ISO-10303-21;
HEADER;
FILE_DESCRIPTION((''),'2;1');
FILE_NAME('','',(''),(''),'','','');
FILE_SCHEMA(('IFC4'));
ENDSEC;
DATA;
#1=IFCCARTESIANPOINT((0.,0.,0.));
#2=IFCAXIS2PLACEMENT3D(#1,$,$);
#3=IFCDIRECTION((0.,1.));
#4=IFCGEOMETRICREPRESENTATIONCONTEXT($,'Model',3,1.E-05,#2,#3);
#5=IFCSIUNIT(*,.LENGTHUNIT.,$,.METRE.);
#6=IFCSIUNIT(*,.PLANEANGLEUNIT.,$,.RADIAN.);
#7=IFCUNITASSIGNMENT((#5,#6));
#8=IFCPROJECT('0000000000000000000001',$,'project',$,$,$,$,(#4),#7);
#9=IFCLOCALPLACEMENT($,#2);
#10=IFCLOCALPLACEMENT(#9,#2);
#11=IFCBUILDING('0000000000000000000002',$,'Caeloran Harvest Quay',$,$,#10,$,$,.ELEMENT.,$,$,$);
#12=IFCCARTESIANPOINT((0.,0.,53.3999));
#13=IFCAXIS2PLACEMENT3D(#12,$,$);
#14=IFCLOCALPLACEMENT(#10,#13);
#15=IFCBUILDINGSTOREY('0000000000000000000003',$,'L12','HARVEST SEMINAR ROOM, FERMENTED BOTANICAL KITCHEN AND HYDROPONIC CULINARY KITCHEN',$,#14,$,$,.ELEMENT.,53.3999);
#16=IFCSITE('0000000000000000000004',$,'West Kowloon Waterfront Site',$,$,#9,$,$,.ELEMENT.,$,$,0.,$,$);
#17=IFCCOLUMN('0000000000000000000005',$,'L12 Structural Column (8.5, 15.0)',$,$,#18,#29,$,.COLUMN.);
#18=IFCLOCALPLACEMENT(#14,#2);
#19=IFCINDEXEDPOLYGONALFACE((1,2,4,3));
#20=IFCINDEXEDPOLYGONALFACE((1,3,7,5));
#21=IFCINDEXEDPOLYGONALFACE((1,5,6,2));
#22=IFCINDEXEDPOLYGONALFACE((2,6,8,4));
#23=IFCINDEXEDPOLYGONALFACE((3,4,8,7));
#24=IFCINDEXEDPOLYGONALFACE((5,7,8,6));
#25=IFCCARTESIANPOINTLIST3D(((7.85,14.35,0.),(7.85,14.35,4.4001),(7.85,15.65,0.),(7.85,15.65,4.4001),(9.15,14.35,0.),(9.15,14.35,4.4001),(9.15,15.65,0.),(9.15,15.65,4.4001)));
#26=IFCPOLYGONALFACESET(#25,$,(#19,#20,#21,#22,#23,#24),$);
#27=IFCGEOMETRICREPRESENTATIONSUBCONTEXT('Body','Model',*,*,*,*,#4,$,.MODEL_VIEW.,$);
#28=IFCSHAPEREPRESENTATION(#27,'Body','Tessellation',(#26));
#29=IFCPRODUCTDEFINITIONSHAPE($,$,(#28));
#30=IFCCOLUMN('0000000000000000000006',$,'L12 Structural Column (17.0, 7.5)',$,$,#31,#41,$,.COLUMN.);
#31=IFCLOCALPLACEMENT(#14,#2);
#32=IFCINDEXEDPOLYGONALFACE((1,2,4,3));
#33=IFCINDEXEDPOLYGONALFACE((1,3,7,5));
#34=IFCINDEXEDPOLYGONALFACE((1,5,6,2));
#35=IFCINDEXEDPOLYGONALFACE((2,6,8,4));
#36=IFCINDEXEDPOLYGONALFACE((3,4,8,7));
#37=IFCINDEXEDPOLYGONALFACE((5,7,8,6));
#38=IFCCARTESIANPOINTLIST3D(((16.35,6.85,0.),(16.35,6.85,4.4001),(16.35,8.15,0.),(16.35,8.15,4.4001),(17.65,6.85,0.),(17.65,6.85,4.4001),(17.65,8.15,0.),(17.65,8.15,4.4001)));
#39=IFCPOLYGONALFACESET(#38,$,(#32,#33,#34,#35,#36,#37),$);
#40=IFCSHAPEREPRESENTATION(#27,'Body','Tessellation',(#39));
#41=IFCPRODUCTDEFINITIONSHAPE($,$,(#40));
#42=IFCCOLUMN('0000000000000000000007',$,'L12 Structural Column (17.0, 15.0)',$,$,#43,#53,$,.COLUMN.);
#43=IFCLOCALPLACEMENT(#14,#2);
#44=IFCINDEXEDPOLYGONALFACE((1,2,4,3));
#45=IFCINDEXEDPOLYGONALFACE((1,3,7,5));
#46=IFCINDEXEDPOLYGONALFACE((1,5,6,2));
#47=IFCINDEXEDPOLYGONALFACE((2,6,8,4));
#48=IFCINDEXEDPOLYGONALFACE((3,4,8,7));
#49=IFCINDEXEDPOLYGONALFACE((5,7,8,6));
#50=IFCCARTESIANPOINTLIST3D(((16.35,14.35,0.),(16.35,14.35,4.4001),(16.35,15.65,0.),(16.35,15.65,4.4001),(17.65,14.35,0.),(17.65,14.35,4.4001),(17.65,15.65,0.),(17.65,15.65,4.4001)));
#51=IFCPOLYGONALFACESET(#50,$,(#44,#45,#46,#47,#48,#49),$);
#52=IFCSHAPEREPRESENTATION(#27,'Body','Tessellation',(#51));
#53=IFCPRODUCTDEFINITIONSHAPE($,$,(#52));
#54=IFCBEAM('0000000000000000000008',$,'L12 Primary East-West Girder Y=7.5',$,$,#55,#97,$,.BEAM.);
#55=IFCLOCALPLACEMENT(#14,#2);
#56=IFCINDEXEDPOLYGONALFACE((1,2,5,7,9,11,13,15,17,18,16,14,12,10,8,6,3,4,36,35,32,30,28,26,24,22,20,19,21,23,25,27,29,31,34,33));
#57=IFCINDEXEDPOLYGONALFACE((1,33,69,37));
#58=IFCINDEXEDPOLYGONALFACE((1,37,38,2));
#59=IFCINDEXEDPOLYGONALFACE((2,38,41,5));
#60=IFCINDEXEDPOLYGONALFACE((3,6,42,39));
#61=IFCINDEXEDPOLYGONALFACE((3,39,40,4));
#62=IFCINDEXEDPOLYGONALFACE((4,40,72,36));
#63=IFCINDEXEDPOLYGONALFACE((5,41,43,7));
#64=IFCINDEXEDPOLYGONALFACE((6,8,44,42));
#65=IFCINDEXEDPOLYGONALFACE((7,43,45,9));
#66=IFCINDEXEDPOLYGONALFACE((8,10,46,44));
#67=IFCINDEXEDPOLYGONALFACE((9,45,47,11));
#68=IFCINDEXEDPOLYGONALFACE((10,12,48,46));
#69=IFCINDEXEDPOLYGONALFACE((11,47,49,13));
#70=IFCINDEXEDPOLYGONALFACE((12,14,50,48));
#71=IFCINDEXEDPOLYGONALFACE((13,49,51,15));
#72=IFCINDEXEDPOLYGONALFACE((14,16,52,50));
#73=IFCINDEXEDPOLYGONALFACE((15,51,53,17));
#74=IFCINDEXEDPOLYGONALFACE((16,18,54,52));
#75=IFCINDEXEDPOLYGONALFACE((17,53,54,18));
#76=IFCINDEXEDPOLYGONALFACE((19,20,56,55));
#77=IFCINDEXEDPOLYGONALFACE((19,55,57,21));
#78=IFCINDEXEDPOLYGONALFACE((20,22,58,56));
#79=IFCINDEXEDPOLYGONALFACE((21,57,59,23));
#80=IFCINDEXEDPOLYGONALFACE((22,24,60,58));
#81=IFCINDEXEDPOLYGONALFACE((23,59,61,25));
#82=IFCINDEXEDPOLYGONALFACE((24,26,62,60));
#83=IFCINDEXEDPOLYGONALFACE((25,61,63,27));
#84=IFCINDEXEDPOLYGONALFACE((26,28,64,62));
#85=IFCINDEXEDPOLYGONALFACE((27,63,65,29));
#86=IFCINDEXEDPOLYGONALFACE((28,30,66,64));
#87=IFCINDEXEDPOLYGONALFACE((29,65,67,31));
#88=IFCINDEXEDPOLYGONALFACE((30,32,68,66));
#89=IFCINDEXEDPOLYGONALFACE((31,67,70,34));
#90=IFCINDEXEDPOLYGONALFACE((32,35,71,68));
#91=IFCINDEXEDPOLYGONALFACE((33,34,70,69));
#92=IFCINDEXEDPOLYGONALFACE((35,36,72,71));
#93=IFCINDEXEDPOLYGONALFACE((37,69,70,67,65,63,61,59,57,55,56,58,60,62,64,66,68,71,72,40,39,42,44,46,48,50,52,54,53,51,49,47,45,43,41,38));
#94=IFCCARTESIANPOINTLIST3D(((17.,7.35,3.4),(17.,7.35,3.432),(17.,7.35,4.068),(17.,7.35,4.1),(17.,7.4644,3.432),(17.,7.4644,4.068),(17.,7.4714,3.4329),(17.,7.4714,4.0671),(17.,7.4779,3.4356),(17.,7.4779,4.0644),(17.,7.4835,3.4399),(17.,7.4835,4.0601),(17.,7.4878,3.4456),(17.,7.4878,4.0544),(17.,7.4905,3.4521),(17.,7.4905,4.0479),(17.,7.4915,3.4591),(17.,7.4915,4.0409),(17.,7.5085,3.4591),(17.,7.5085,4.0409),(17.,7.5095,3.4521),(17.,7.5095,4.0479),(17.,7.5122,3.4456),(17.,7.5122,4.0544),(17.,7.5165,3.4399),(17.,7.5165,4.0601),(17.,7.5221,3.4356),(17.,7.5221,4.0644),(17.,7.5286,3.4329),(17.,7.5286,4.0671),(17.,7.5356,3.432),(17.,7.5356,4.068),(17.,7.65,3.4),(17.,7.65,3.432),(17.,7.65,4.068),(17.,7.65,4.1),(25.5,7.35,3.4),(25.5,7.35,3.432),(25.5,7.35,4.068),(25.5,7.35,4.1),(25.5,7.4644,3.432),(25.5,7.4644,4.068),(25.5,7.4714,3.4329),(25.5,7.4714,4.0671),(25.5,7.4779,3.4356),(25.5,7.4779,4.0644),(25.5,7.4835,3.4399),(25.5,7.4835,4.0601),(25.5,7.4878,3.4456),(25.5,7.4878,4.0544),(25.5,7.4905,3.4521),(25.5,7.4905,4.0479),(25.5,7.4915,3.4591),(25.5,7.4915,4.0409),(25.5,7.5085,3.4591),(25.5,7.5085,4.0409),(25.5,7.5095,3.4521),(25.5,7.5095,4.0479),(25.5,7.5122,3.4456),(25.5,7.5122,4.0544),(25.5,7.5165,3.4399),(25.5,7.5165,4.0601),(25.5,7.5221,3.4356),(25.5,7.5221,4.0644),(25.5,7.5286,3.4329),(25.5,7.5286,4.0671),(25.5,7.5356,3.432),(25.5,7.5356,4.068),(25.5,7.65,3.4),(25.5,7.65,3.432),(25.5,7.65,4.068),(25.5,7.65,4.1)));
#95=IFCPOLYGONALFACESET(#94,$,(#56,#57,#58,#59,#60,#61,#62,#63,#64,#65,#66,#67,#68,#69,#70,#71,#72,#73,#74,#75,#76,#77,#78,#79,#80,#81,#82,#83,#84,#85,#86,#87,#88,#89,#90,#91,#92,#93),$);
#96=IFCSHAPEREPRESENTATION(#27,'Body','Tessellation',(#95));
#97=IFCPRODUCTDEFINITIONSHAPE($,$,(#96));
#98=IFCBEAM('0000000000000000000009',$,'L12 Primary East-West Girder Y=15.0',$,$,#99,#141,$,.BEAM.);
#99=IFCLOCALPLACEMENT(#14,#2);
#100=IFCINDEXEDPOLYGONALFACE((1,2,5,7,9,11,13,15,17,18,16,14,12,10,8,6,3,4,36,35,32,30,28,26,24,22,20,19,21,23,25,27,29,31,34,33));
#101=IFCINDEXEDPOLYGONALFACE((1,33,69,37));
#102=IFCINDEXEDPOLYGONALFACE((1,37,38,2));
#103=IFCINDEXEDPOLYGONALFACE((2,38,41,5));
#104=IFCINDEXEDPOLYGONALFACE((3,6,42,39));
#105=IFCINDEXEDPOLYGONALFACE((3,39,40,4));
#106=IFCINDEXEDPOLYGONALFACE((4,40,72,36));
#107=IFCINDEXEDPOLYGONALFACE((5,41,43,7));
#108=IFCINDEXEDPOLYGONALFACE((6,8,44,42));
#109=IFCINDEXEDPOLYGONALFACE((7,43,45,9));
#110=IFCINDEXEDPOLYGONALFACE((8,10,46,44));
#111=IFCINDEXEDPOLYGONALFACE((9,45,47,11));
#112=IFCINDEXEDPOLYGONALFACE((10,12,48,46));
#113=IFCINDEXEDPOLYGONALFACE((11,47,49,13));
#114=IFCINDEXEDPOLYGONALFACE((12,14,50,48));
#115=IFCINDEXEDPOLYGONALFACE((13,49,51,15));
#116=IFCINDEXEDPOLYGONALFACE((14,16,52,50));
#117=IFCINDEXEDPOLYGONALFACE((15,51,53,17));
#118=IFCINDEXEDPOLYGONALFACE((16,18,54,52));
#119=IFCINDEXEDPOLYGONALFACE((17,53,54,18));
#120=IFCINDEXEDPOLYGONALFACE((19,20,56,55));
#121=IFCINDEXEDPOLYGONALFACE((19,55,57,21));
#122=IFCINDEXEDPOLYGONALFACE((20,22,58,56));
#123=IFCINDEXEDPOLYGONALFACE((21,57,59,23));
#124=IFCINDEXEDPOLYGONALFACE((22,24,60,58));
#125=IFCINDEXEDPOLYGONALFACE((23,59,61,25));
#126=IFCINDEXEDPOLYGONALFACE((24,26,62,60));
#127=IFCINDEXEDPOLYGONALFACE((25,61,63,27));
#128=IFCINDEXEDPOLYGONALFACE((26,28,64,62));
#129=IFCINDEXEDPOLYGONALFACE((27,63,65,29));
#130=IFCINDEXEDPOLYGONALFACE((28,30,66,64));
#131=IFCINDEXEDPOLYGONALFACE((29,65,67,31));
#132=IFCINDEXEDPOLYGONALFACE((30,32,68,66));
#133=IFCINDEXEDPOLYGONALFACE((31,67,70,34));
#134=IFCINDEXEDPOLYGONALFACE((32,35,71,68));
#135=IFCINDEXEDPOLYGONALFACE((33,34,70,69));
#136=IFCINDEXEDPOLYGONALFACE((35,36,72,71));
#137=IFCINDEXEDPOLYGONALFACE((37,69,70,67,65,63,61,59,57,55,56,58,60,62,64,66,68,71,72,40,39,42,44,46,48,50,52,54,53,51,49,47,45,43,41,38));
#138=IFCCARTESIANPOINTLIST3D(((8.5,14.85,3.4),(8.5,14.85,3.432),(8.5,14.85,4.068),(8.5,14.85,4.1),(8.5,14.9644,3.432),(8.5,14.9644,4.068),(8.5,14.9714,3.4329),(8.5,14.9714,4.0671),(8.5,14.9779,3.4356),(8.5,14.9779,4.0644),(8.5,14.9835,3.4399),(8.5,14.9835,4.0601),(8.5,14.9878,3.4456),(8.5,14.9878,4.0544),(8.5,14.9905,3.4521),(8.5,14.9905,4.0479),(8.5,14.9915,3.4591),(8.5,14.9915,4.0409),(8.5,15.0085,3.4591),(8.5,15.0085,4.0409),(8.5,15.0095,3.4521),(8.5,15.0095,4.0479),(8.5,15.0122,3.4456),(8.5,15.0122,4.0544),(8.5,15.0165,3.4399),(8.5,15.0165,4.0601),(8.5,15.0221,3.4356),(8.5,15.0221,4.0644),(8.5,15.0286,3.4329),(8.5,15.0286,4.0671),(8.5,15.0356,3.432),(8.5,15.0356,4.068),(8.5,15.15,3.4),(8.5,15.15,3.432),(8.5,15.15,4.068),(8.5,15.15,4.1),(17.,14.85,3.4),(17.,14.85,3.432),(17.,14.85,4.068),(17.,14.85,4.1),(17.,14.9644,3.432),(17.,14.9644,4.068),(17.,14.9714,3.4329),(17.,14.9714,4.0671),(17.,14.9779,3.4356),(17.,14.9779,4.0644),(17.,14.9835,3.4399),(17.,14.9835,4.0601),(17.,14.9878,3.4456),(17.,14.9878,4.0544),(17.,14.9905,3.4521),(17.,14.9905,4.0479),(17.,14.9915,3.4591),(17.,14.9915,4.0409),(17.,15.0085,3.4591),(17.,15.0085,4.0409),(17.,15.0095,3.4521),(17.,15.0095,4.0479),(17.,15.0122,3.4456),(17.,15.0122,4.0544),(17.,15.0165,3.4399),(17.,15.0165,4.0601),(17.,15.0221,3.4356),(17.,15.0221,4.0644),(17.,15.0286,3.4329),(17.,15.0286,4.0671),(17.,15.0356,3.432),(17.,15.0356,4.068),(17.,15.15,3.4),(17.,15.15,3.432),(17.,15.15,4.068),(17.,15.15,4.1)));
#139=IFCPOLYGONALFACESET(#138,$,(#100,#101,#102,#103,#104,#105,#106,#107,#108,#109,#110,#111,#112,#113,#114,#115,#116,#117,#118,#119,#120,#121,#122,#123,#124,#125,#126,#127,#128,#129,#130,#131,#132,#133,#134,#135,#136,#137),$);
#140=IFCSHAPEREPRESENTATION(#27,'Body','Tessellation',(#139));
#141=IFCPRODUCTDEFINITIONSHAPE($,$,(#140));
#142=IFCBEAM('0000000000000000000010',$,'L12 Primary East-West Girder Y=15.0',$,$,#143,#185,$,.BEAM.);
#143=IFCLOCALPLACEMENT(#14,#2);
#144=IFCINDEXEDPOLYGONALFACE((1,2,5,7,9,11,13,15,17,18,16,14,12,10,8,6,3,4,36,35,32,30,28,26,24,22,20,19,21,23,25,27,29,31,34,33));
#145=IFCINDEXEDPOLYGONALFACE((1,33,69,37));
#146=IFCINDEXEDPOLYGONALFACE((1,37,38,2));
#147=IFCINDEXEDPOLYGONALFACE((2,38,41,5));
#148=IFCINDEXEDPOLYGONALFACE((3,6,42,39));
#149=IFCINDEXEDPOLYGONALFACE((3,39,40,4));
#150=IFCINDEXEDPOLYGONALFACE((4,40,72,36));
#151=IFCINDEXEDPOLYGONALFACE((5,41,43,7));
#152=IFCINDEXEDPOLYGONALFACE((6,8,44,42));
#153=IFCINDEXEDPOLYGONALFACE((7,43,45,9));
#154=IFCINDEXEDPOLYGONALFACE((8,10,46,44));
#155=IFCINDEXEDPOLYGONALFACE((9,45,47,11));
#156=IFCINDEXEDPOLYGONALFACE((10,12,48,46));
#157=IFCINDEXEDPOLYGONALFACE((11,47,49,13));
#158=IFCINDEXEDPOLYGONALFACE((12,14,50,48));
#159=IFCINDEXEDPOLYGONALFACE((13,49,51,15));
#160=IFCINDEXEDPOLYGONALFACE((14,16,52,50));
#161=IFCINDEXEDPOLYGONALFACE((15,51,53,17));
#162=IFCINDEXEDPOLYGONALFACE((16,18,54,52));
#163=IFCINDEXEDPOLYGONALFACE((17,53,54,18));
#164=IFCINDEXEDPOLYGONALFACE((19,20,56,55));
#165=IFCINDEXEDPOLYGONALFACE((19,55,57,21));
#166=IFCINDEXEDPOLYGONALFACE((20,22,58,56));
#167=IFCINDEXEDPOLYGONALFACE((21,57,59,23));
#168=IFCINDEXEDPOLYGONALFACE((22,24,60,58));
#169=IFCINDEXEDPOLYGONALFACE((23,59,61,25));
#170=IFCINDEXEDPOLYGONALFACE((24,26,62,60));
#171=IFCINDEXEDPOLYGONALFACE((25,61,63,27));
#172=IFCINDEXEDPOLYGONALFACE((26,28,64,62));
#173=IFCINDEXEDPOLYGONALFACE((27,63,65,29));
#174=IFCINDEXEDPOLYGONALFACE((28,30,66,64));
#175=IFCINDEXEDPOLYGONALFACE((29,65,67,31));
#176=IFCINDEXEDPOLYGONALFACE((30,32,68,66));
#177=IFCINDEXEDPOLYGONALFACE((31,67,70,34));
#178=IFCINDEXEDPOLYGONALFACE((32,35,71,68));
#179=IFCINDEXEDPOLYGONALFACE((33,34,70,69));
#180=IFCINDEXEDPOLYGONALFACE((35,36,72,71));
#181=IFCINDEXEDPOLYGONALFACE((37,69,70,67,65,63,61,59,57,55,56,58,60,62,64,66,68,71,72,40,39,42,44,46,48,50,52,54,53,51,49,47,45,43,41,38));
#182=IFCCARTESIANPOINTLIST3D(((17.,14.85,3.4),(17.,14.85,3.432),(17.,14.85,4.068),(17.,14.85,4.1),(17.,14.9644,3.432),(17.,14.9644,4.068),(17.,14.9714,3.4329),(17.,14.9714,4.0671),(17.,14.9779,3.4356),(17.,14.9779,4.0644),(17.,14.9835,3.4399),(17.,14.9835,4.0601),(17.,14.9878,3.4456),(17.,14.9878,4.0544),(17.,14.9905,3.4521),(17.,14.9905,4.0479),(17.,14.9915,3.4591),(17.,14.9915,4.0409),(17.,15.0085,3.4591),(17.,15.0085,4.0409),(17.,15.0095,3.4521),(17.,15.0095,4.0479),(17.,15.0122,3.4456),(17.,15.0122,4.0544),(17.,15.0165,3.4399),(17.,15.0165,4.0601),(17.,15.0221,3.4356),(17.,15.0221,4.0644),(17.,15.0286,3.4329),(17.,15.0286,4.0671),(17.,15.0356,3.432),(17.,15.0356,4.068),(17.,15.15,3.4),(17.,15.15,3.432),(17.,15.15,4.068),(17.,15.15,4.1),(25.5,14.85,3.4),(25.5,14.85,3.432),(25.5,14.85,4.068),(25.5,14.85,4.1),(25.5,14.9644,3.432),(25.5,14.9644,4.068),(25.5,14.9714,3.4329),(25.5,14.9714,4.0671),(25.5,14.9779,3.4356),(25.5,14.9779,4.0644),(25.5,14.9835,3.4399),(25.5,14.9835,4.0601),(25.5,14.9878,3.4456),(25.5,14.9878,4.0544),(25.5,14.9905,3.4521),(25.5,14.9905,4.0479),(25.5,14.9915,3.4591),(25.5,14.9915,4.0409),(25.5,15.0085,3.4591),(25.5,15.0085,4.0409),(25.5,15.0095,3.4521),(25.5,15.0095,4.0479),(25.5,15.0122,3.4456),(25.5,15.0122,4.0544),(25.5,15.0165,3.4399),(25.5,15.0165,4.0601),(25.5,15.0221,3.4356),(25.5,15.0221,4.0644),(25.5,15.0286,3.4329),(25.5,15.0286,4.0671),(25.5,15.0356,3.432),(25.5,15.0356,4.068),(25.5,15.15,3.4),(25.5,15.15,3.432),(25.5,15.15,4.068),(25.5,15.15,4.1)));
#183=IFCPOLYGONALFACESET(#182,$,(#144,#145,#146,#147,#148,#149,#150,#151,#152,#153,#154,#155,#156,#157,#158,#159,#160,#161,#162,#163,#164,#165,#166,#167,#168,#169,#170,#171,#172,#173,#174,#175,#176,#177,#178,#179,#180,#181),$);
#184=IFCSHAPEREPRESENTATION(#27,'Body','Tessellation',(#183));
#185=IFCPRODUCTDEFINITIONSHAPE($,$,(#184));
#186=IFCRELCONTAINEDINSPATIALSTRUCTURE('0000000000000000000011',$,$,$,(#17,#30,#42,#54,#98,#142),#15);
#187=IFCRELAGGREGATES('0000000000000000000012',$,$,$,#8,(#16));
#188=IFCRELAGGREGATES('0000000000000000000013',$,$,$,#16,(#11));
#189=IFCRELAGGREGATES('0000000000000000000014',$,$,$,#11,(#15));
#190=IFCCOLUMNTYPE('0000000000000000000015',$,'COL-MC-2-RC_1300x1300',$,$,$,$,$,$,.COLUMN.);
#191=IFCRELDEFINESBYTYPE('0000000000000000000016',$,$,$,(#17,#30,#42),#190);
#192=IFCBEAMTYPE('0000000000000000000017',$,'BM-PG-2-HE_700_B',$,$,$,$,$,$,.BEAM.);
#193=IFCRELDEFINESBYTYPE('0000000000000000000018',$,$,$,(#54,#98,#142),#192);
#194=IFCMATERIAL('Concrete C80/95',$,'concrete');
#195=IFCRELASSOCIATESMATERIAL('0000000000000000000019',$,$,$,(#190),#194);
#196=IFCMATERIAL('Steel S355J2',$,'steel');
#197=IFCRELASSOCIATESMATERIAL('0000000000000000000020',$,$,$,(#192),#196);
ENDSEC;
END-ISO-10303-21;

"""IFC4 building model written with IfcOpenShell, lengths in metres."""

from ifc_helpers import new_model, si_unit, direction, frame, origin, origin_2d, place, context, subcontext, project, spatial, rectangle, i_section, extrude, material, material_profile, profile_set, type_object, element, save


model = new_model("IFC4")

# Units and contexts
model_context = context("Model", 3, precision=1e-05, world=origin(), true_north=direction((0.0, 1.0)))
body_context = subcontext(model_context, "Body", "Model", "MODEL_VIEW")
ifc_project = project(units=[si_unit("LENGTHUNIT", "METRE"), si_unit("PLANEANGLEUNIT", "RADIAN")], contexts=[model_context])

# Site, building, storey
site_placement = place(None, origin())
site = spatial("IfcSite", under=ifc_project, at=site_placement, Name="West Kowloon Waterfront Site", CompositionType="ELEMENT", RefElevation=0.0)
building_placement = place(site_placement, origin())
building = spatial("IfcBuilding", under=site, at=building_placement, Name="Caeloran Harvest Quay", CompositionType="ELEMENT")
storey_placement = place(building_placement, frame((0.0, 0.0, 53.3999)))
storey = spatial("IfcBuildingStorey", under=building, at=storey_placement, Name="L12", Description="HARVEST SEMINAR ROOM, FERMENTED BOTANICAL KITCHEN AND HYDROPONIC CULINARY KITCHEN", CompositionType="ELEMENT", Elevation=53.3999)

# Columns
ifc_material_1 = material(Name="Concrete C80/95", Category="concrete")
ifc_material_profile_1 = material_profile(ifc_material_1, rectangle(XDim=1.3, YDim=1.3, at=origin_2d()), Name="RC 1300x1300")
ifc_profile_set_1 = profile_set([ifc_material_profile_1], Name="Concrete C80/95")
column_type = type_object("IfcColumnType", Name="COL-MC-2-RC_1300x1300", PredefinedType="COLUMN", material=ifc_profile_set_1)
for number, where, z_axis, x_axis, name in (
    (1, (8.5, 15.0, 0.0), (0.0, 0.0, 1.0), (1.0, 0.0, 0.0), "L12 Structural Column (8.5, 15.0)"),
    (2, (17.0, 7.5, 0.0), (0.0, 0.0, 1.0), (1.0, 0.0, 0.0), "L12 Structural Column (17.0, 7.5)"),
    (3, (17.0, 15.0, 0.0), (0.0, 0.0, 1.0), (1.0, 0.0, 0.0), "L12 Structural Column (17.0, 15.0)"),
):
    element("IfcColumn", number, at=place(storey_placement, frame(where, z_axis=z_axis, x_axis=x_axis)), inside=storey, type_object=column_type, Name=name, PredefinedType="COLUMN", context=body_context, shape_type="SweptSolid", body=[
        extrude(rectangle(XDim=1.3, YDim=1.3, at=origin_2d()), origin(), (0.0, 0.0, 1.0), 4.4001),
    ])

# Beams
ifc_material_2 = material(Name="Steel S355J2", Category="steel")
ifc_material_profile_2 = material_profile(ifc_material_2, i_section(OverallWidth=0.3, OverallDepth=0.7, WebThickness=0.0171, FlangeThickness=0.032, FilletRadius=0.0271, at=origin_2d()), Name="HE 700 B")
ifc_profile_set_2 = profile_set([ifc_material_profile_2], Name="Steel S355J2")
beam_type_1 = type_object("IfcBeamType", Name="BM-PG-2-HE_700_B", PredefinedType="BEAM", material=ifc_profile_set_2)
for number, where, z_axis, x_axis, name in (
    (4, (17.0, 7.5, 3.75), (1.0, 0.0, 0.0), (0.0, 1.0, 0.0), "L12 Primary East-West Girder Y=7.5"),
    (5, (8.5, 15.0, 3.75), (1.0, 0.0, 0.0), (0.0, 1.0, 0.0), "L12 Primary East-West Girder Y=15.0"),
    (6, (17.0, 15.0, 3.75), (1.0, 0.0, 0.0), (0.0, 1.0, 0.0), "L12 Primary East-West Girder Y=15.0"),
):
    element("IfcBeam", number, at=place(storey_placement, frame(where, z_axis=z_axis, x_axis=x_axis)), inside=storey, type_object=beam_type_1, Name=name, PredefinedType="BEAM", context=body_context, shape_type="SweptSolid", body=[
        extrude(i_section(OverallWidth=0.3, OverallDepth=0.7, WebThickness=0.0171, FlangeThickness=0.032, FilletRadius=0.0271, at=origin_2d()), origin(), (0.0, 0.0, 1.0), 8.5),
    ])

save(model, "model.ifc")
